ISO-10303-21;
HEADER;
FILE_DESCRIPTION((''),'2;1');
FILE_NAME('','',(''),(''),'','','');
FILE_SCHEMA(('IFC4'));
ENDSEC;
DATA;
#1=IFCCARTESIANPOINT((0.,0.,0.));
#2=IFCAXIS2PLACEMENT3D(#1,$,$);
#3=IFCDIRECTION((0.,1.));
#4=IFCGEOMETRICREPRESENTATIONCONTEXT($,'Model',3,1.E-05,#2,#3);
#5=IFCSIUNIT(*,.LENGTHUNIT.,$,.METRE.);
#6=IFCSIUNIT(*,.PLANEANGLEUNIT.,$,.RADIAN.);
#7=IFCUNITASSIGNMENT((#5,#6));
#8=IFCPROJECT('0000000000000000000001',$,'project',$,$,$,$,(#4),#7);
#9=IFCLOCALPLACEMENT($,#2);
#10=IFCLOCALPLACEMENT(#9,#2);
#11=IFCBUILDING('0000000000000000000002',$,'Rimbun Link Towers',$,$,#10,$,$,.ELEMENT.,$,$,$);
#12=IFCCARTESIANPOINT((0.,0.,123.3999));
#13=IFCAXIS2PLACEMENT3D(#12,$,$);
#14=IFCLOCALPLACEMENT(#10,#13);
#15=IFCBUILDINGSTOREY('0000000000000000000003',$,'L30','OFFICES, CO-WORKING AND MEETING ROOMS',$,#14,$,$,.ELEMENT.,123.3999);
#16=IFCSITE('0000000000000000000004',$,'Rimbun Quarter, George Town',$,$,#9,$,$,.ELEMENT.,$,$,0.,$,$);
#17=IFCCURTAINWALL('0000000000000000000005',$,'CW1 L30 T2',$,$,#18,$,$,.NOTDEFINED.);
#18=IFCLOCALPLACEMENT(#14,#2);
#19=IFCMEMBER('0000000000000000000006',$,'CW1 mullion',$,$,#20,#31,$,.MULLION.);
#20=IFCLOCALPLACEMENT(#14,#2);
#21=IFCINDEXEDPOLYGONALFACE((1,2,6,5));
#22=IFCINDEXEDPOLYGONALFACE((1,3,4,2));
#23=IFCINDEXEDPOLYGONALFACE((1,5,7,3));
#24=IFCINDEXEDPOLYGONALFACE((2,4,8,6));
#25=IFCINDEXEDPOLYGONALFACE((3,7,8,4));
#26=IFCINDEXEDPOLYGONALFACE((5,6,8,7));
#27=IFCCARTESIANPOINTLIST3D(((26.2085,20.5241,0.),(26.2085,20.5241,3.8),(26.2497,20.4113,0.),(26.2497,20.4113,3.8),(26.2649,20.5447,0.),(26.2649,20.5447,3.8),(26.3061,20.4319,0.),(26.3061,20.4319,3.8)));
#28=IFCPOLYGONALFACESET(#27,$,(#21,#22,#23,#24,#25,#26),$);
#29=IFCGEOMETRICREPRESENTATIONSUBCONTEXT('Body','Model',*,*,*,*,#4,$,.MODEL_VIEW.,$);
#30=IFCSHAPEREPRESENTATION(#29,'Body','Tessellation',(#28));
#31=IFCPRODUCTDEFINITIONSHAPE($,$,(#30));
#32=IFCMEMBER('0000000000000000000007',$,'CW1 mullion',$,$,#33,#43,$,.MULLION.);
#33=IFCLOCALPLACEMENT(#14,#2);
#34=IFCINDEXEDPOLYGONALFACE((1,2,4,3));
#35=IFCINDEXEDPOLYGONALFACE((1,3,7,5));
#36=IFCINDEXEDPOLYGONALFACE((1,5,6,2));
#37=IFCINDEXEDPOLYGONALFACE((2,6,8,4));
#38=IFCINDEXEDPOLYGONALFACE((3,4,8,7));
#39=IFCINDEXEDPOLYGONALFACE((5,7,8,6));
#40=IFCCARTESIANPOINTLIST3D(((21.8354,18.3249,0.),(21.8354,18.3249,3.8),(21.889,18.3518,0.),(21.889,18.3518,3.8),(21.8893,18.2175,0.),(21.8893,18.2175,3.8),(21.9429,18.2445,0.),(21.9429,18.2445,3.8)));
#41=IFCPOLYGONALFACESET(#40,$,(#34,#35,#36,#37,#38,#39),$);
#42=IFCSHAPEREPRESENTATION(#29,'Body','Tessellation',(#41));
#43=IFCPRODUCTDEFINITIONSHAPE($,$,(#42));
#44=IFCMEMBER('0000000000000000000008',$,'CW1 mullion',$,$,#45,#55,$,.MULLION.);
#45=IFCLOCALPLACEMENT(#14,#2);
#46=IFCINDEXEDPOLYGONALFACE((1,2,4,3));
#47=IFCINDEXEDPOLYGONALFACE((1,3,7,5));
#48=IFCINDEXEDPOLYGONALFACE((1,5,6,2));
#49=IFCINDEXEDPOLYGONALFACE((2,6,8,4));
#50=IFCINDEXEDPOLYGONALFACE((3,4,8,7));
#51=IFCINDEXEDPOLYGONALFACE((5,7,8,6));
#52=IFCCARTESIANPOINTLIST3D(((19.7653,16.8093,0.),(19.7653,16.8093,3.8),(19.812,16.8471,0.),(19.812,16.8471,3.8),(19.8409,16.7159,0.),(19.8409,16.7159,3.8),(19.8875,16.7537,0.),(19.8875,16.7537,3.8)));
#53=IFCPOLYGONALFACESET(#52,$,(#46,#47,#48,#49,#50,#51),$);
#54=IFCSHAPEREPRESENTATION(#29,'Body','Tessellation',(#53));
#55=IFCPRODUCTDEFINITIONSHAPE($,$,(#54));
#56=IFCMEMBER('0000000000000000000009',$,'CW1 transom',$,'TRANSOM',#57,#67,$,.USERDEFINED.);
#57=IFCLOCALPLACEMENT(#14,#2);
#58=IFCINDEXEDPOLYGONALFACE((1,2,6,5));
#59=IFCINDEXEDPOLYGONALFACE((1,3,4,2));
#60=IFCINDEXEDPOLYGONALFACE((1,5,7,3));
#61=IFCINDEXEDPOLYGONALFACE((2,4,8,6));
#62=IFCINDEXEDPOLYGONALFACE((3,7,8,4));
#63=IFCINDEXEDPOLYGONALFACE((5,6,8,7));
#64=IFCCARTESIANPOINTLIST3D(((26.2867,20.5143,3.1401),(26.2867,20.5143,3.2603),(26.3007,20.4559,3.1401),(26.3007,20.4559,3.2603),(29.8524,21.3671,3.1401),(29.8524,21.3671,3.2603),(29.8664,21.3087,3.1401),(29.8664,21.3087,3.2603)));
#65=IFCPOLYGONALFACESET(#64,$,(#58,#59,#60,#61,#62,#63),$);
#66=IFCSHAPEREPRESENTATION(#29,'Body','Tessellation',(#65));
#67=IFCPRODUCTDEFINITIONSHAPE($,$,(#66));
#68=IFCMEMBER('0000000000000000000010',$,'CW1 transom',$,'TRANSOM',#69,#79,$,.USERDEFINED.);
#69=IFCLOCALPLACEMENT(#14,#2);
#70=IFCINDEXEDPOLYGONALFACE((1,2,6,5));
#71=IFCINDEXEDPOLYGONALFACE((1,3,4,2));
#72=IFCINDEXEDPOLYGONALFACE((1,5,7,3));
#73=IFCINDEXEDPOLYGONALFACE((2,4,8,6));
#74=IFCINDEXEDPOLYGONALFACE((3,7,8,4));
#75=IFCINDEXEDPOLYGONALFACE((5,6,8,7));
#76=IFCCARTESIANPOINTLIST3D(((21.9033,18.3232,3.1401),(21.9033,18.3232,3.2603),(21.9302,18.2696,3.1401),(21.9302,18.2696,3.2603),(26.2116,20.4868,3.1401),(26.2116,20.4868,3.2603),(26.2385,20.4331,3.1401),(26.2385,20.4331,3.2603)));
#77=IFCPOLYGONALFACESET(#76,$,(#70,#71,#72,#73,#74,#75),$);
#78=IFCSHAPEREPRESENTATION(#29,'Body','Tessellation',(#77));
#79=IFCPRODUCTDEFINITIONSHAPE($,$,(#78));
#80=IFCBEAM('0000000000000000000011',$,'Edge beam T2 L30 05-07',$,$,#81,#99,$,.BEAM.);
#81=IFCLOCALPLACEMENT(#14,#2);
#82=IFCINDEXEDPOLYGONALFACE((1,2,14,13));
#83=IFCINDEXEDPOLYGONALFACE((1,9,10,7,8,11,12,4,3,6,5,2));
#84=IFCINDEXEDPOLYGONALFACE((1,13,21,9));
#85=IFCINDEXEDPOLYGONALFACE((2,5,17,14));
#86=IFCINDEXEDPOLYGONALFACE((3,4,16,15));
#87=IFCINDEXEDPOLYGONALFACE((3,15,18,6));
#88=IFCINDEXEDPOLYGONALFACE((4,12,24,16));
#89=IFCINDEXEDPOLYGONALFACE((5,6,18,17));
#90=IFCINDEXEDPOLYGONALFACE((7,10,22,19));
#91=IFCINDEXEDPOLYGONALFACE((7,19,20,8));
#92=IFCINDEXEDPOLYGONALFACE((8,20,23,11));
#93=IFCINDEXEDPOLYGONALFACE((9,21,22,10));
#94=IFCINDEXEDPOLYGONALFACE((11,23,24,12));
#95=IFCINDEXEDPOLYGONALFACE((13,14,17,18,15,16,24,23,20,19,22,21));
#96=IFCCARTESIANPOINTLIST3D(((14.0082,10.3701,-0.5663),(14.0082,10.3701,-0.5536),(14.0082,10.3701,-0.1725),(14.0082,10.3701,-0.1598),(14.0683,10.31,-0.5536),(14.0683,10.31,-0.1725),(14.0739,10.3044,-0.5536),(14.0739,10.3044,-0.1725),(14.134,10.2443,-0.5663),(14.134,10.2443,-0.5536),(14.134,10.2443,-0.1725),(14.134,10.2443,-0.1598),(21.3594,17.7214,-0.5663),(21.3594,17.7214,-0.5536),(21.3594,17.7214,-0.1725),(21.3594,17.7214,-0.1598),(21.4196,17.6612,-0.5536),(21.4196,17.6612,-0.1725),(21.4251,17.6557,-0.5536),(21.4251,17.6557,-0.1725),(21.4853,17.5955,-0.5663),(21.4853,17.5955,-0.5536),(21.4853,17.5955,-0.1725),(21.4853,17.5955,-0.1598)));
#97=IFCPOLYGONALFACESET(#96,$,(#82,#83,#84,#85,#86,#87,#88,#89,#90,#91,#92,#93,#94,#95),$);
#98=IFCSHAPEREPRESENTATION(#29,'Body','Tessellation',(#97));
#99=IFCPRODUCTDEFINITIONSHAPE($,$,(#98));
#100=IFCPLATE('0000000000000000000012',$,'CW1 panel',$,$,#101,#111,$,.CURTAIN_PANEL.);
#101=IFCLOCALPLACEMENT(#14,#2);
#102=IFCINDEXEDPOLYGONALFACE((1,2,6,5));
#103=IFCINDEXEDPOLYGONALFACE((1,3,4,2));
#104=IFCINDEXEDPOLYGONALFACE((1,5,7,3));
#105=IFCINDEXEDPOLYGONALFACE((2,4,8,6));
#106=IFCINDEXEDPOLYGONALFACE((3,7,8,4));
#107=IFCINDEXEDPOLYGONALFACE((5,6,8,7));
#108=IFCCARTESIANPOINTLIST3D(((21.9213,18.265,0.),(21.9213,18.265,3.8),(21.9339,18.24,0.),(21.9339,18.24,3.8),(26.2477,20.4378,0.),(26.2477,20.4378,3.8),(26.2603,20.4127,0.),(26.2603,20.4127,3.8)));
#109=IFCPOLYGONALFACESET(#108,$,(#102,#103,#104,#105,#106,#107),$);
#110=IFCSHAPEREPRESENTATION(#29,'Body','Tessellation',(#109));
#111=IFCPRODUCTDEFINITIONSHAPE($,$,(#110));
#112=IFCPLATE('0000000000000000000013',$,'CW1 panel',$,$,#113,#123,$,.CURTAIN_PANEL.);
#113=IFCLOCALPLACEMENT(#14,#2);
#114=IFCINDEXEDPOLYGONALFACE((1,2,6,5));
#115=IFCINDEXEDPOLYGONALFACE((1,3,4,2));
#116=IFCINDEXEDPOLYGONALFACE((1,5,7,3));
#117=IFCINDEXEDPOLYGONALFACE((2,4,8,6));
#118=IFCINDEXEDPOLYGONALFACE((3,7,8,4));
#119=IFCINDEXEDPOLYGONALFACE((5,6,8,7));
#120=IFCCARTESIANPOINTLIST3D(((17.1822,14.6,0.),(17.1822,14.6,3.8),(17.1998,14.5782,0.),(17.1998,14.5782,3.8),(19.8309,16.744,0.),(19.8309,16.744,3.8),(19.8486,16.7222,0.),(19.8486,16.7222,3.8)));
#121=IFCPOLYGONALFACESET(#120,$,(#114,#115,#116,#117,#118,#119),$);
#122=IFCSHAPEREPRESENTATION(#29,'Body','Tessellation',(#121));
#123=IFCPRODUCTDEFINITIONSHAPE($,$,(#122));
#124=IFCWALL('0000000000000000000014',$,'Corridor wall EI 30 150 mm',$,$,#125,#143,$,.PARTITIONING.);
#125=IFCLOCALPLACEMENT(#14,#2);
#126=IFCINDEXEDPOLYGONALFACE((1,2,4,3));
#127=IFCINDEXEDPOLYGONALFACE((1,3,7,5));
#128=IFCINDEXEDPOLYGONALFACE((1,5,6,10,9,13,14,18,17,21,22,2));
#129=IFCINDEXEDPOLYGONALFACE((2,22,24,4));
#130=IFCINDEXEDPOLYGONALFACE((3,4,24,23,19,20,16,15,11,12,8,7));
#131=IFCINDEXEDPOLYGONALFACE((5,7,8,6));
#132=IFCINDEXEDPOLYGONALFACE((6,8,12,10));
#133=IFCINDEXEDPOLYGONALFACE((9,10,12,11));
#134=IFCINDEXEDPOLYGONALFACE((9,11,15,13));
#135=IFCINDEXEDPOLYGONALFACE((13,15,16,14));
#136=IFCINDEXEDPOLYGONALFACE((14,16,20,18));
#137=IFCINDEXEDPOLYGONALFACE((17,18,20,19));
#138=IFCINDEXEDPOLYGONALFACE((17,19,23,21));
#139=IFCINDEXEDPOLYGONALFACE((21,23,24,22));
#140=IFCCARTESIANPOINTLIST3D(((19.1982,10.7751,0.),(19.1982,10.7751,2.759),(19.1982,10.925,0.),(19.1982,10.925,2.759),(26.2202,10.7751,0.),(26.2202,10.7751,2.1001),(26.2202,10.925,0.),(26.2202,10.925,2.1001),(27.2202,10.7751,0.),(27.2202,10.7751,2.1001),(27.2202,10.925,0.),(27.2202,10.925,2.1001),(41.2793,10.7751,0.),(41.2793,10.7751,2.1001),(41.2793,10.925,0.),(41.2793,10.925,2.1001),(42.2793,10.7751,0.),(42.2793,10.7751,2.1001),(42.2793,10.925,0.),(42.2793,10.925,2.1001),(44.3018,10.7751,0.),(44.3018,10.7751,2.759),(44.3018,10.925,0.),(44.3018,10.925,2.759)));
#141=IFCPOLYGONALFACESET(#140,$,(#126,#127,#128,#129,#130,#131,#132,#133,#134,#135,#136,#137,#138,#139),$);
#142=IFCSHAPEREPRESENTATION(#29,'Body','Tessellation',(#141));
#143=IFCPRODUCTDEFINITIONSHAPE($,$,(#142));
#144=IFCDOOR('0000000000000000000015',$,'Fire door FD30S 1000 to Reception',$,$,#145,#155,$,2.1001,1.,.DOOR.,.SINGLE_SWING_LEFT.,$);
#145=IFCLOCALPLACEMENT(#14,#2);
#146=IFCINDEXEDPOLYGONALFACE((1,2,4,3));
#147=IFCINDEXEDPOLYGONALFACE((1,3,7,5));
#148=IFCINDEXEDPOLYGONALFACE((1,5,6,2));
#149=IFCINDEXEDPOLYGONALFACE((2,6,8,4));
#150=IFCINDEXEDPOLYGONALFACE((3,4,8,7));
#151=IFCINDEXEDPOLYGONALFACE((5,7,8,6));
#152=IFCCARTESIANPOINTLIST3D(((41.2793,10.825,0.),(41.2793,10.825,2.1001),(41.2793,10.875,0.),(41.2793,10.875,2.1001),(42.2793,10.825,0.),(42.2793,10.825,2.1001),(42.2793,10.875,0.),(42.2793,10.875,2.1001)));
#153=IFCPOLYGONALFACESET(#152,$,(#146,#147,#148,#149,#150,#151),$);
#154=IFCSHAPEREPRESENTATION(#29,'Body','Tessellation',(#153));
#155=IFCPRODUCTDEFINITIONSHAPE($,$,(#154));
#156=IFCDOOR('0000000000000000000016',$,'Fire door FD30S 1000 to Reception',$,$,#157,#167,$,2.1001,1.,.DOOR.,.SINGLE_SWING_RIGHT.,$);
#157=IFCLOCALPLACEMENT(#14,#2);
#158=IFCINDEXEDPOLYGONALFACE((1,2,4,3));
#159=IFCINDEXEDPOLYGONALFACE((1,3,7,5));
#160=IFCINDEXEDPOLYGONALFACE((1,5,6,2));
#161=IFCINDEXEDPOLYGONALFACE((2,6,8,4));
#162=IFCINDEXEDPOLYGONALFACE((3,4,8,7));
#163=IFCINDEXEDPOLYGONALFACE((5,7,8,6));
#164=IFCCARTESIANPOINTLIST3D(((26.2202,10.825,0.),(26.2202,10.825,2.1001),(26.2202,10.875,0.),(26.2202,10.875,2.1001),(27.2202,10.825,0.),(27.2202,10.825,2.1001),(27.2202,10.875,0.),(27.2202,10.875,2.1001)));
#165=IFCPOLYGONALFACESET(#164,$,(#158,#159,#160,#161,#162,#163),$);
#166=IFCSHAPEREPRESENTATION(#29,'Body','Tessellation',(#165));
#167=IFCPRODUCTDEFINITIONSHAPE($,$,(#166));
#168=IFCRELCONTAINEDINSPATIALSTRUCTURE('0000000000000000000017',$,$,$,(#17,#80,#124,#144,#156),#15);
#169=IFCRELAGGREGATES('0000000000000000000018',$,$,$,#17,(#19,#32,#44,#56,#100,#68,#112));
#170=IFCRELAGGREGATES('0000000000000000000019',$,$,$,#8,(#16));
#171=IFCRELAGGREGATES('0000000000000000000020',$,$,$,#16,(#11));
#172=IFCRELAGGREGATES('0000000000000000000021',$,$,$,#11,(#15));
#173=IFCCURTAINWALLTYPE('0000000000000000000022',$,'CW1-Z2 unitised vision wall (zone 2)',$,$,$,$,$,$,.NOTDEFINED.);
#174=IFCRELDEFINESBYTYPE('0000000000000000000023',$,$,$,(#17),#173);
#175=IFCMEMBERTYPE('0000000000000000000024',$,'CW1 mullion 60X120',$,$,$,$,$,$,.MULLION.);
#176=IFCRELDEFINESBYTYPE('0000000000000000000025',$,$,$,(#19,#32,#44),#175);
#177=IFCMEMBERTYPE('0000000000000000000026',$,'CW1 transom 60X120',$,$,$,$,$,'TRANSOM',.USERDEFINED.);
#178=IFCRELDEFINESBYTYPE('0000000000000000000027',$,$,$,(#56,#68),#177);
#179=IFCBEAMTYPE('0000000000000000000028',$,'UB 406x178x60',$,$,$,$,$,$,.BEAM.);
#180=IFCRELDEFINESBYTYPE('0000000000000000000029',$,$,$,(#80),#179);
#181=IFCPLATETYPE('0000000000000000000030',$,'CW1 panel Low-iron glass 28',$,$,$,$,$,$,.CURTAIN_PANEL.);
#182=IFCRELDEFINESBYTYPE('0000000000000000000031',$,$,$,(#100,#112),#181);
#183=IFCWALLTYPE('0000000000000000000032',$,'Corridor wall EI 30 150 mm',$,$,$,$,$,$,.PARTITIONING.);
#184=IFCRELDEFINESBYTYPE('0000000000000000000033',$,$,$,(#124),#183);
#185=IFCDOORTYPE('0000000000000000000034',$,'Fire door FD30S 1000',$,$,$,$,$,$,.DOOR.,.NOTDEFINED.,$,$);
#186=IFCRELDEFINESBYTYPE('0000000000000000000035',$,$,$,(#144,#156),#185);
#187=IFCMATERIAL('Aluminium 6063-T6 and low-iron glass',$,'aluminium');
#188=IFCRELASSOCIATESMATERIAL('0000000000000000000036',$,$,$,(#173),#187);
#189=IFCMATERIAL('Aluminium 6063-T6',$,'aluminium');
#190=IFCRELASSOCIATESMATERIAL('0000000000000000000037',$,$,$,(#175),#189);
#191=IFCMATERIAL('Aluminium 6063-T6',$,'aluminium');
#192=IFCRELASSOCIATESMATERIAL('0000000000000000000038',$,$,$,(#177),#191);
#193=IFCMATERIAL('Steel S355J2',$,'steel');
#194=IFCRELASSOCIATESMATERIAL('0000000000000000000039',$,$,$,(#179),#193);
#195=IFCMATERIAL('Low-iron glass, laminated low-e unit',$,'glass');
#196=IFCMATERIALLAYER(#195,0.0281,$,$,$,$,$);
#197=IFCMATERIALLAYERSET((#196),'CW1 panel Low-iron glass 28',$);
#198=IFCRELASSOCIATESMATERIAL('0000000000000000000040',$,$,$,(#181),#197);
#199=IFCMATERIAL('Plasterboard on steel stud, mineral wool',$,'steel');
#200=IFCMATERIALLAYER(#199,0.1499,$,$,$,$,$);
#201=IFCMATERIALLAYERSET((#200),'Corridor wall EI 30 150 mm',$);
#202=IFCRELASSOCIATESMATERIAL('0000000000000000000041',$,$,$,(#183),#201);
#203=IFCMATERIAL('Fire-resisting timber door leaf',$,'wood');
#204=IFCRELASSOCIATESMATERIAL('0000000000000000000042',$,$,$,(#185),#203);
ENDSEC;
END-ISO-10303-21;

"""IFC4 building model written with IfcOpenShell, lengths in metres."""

from ifc_helpers import new_model, si_unit, direction, frame, frame_2d, origin, origin_2d, place, context, subcontext, project, spatial, rectangle, i_section, extrude, material, layer, layer_set, material_profile, profile_set, type_object, element, fill, aggregate, save


model = new_model("IFC4")

# Units and contexts
model_context = context("Model", 3, precision=1e-05, world=origin(), true_north=direction((0.0, 1.0)))
body_context = subcontext(model_context, "Body", "Model", "MODEL_VIEW")
ifc_project = project(units=[si_unit("LENGTHUNIT", "METRE"), si_unit("PLANEANGLEUNIT", "RADIAN")], contexts=[model_context])

# Site, building, storey
site_placement = place(None, origin())
site = spatial("IfcSite", under=ifc_project, at=site_placement, Name="Rimbun Quarter, George Town", CompositionType="ELEMENT", RefElevation=0.0)
building_placement = place(site_placement, origin())
building = spatial("IfcBuilding", under=site, at=building_placement, Name="Rimbun Link Towers", CompositionType="ELEMENT")
storey_placement = place(building_placement, frame((0.0, 0.0, 123.3999)))
storey = spatial("IfcBuildingStorey", under=building, at=storey_placement, Name="L30", Description="OFFICES, CO-WORKING AND MEETING ROOMS", CompositionType="ELEMENT", Elevation=123.3999)

# Curtain wall, members
ifc_material_1 = material(Name="Aluminium 6063-T6 and low-iron glass", Category="aluminium")
curtain_wall_type = type_object("IfcCurtainWallType", Name="CW1-Z2 unitised vision wall (zone 2)", PredefinedType="NOTDEFINED", material=ifc_material_1)
curtain_wall_placement = place(storey_placement, origin())
curtain_wall = element("IfcCurtainWall", 1, at=curtain_wall_placement, inside=storey, type_object=curtain_wall_type, Name="CW1 L30 T2", PredefinedType="NOTDEFINED")
ifc_material_2 = material(Name="Aluminium 6063-T6", Category="aluminium")
ifc_material_profile_1 = material_profile(ifc_material_2, rectangle(XDim=0.1201, YDim=0.0601, at=origin_2d()), Name="MULLION 60X120")
ifc_profile_set_1 = profile_set([ifc_material_profile_1], Name="Aluminium 6063-T6")
member_type_1 = type_object("IfcMemberType", Name="CW1 mullion 60X120", PredefinedType="MULLION", material=ifc_profile_set_1)
member_1_placement = place(storey_placement, frame((26.2573, 20.478, 0.0), z_axis=(0.0, 0.0, 1.0), x_axis=(-0.342975, 0.939345, 0.0)))
member_1 = element("IfcMember", 2, at=member_1_placement, type_object=member_type_1, Name="CW1 mullion", PredefinedType="MULLION", context=body_context, shape_type="SweptSolid", body=[
    extrude(rectangle(XDim=0.1201, YDim=0.0601, at=origin_2d()), origin(), (0.0, 0.0, 1.0), 3.8),
])
member_2_placement = place(storey_placement, frame((21.8892, 18.2847, 0.0), z_axis=(0.0, 0.0, 1.0), x_axis=(-0.448789, 0.893638, 0.0)))
member_2 = element("IfcMember", 3, at=member_2_placement, type_object=member_type_1, Name="CW1 mullion", PredefinedType="MULLION", context=body_context, shape_type="SweptSolid", body=[
    extrude(rectangle(XDim=0.1201, YDim=0.0601, at=origin_2d()), origin(), (0.0, 0.0, 1.0), 3.8),
])
member_3_placement = place(storey_placement, frame((19.8264, 16.7815, 0.0), z_axis=(0.0, 0.0, 1.0), x_axis=(-0.629158, 0.777277, 0.0)))
member_3 = element("IfcMember", 4, at=member_3_placement, type_object=member_type_1, Name="CW1 mullion", PredefinedType="MULLION", context=body_context, shape_type="SweptSolid", body=[
    extrude(rectangle(XDim=0.1201, YDim=0.0601, at=origin_2d()), origin(), (0.0, 0.0, 1.0), 3.8),
])
ifc_material_3 = material(Name="Aluminium 6063-T6", Category="aluminium")
ifc_material_profile_2 = material_profile(ifc_material_3, rectangle(XDim=0.0601, YDim=0.1201, at=origin_2d()), Name="TRANSOM 60X120")
ifc_profile_set_2 = profile_set([ifc_material_profile_2], Name="Aluminium 6063-T6")
member_type_2 = type_object("IfcMemberType", Name="CW1 transom 60X120", ElementType="TRANSOM", PredefinedType="USERDEFINED", material=ifc_profile_set_2)
member_4_placement = place(storey_placement, frame((26.2937, 20.4851, 3.2002), z_axis=(0.972571, 0.232605, 0.0), x_axis=(-0.232605, 0.972571, 0.0)))
member_4 = element("IfcMember", 5, at=member_4_placement, type_object=member_type_2, Name="CW1 transom", ObjectType="TRANSOM", PredefinedType="USERDEFINED", context=body_context, shape_type="SweptSolid", body=[
    extrude(rectangle(XDim=0.0601, YDim=0.1201, at=origin_2d()), origin(), (0.0, 0.0, 1.0), 3.6663),
])
member_5_placement = place(storey_placement, frame((21.9167, 18.2964, 3.2002), z_axis=(0.893646, 0.448773, 0.0), x_axis=(-0.448773, 0.893646, 0.0)))
member_5 = element("IfcMember", 6, at=member_5_placement, type_object=member_type_2, Name="CW1 transom", ObjectType="TRANSOM", PredefinedType="USERDEFINED", context=body_context, shape_type="SweptSolid", body=[
    extrude(rectangle(XDim=0.0601, YDim=0.1201, at=origin_2d()), origin(), (0.0, 0.0, 1.0), 4.821),
])

# Beam
ifc_material_4 = material(Name="Steel S355J2", Category="steel")
ifc_material_profile_3 = material_profile(ifc_material_4, i_section(OverallWidth=0.178, OverallDepth=0.4065, WebThickness=0.0078, FlangeThickness=0.0127, at=origin_2d()), Name="UB 406x178x60")
ifc_profile_set_3 = profile_set([ifc_material_profile_3], Name="Steel S355J2")
beam_type = type_object("IfcBeamType", Name="UB 406x178x60", PredefinedType="BEAM", material=ifc_profile_set_3)
beam_placement = place(storey_placement, frame((21.4224, 17.6584, -0.363), z_axis=(-0.707107, -0.707107, 0.0), x_axis=(0.707107, -0.707107, 0.0)))
element("IfcBeam", 7, at=beam_placement, inside=storey, type_object=beam_type, Name="Edge beam T2 L30 05-07", PredefinedType="BEAM", context=body_context, shape_type="SweptSolid", body=[
    extrude(i_section(OverallWidth=0.178, OverallDepth=0.4065, WebThickness=0.0078, FlangeThickness=0.0127, at=origin_2d()), origin(), (0.0, 0.0, 1.0), 10.3962),
])

# Plates
ifc_material_5 = material(Name="Low-iron glass, laminated low-e unit", Category="glass")
ifc_layer_1 = layer(ifc_material_5, 0.0281)
ifc_layer_set_1 = layer_set([ifc_layer_1], Name="CW1 panel Low-iron glass 28")
plate_type = type_object("IfcPlateType", Name="CW1 panel Low-iron glass 28", PredefinedType="CURTAIN_PANEL", material=ifc_layer_set_1)
plate_1_placement = place(storey_placement, frame((24.0908, 19.3389, 0.0), z_axis=(0.0, 0.0, 1.0), x_axis=(0.893638, 0.448789, 0.0)))
plate_1 = element("IfcPlate", 8, at=plate_1_placement, type_object=plate_type, Name="CW1 panel", PredefinedType="CURTAIN_PANEL", context=body_context, shape_type="SweptSolid", body=[
    extrude(rectangle(XDim=4.8413, YDim=0.0281, at=origin_2d()), origin(), (0.0, 0.0, 1.0), 3.8),
])
plate_2_placement = place(storey_placement, frame((18.5154, 15.6611, 0.0), z_axis=(0.0, 0.0, 1.0), x_axis=(0.777277, 0.629158, 0.0)))
plate_2 = element("IfcPlate", 9, at=plate_2_placement, type_object=plate_type, Name="CW1 panel", PredefinedType="CURTAIN_PANEL", context=body_context, shape_type="SweptSolid", body=[
    extrude(rectangle(XDim=3.4077, YDim=0.0281, at=origin_2d()), origin(), (0.0, 0.0, 1.0), 3.8),
])
aggregate(curtain_wall, [member_1, member_2, member_3, member_4, plate_1, member_5, plate_2])

# Wall, openings, doors
ifc_material_6 = material(Name="Plasterboard on steel stud, mineral wool", Category="steel")
ifc_layer_2 = layer(ifc_material_6, 0.1499)
ifc_layer_set_2 = layer_set([ifc_layer_2], Name="Corridor wall EI 30 150 mm")
wall_type_1 = type_object("IfcWallType", Name="Corridor wall EI 30 150 mm", PredefinedType="PARTITIONING", material=ifc_layer_set_2)
wall_1_placement = place(storey_placement, frame((19.1982, 10.8501, 0.0), z_axis=(0.0, 0.0, 1.0), x_axis=(1.0, 0.0, 0.0)))
wall_1 = element("IfcWall", 10, at=wall_1_placement, inside=storey, type_object=wall_type_1, Name="Corridor wall EI 30 150 mm", PredefinedType="PARTITIONING", context=body_context, shape_type="SweptSolid", body=[
    extrude(rectangle(XDim=25.1035, YDim=0.1499, at=frame_2d((12.5518, 0.0))), origin(), (0.0, 0.0, 1.0), 2.759),
])
opening_1_placement = place(wall_1_placement, frame((22.0811, 0.0, 0.0)))
opening_1 = element("IfcOpeningElement", 11, at=opening_1_placement, cuts=wall_1, PredefinedType="OPENING", context=body_context, shape_type="SweptSolid", body=[
    extrude(rectangle(XDim=1.0, YDim=2.1001, at=frame_2d((0.5, 1.05))), frame((0.0, 0.085, 0.0), z_axis=(0.0, -1.0, 0.0), x_axis=(1.0, 0.0, 0.0)), (0.0, 0.0, 1.0), 0.1699),
])
opening_2_placement = place(wall_1_placement, frame((7.022, 0.0, 0.0)))
opening_2 = element("IfcOpeningElement", 12, at=opening_2_placement, cuts=wall_1, PredefinedType="OPENING", context=body_context, shape_type="SweptSolid", body=[
    extrude(rectangle(XDim=1.0, YDim=2.1001, at=frame_2d((0.5, 1.05))), frame((0.0, 0.085, 0.0), z_axis=(0.0, -1.0, 0.0), x_axis=(1.0, 0.0, 0.0)), (0.0, 0.0, 1.0), 0.1699),
])
ifc_material_7 = material(Name="Fire-resisting timber door leaf", Category="wood")
door_type_1 = type_object("IfcDoorType", Name="Fire door FD30S 1000", OperationType="NOTDEFINED", PredefinedType="DOOR", material=ifc_material_7)
door_1_placement = place(opening_1_placement, origin())
door_1 = element("IfcDoor", 13, at=door_1_placement, inside=storey, type_object=door_type_1, Name="Fire door FD30S 1000 to Reception", OperationType="SINGLE_SWING_LEFT", OverallHeight=2.1001, OverallWidth=1.0, PredefinedType="DOOR", context=body_context, shape_type="SweptSolid", body=[
    extrude(rectangle(XDim=1.0, YDim=2.1001, at=frame_2d((0.5, 1.05))), frame((0.0, 0.0249, 0.0), z_axis=(0.0, -1.0, 0.0), x_axis=(1.0, 0.0, 0.0)), (0.0, 0.0, 1.0), 0.05),
])
fill(opening_1, door_1)
door_2_placement = place(opening_2_placement, origin())
door_2 = element("IfcDoor", 14, at=door_2_placement, inside=storey, type_object=door_type_1, Name="Fire door FD30S 1000 to Reception", OperationType="SINGLE_SWING_RIGHT", OverallHeight=2.1001, OverallWidth=1.0, PredefinedType="DOOR", context=body_context, shape_type="SweptSolid", body=[
    extrude(rectangle(XDim=1.0, YDim=2.1001, at=frame_2d((0.5, 1.05))), frame((0.0, 0.0249, 0.0), z_axis=(0.0, -1.0, 0.0), x_axis=(1.0, 0.0, 0.0)), (0.0, 0.0, 1.0), 0.05),
])
fill(opening_2, door_2)

save(model, "model.ifc")
